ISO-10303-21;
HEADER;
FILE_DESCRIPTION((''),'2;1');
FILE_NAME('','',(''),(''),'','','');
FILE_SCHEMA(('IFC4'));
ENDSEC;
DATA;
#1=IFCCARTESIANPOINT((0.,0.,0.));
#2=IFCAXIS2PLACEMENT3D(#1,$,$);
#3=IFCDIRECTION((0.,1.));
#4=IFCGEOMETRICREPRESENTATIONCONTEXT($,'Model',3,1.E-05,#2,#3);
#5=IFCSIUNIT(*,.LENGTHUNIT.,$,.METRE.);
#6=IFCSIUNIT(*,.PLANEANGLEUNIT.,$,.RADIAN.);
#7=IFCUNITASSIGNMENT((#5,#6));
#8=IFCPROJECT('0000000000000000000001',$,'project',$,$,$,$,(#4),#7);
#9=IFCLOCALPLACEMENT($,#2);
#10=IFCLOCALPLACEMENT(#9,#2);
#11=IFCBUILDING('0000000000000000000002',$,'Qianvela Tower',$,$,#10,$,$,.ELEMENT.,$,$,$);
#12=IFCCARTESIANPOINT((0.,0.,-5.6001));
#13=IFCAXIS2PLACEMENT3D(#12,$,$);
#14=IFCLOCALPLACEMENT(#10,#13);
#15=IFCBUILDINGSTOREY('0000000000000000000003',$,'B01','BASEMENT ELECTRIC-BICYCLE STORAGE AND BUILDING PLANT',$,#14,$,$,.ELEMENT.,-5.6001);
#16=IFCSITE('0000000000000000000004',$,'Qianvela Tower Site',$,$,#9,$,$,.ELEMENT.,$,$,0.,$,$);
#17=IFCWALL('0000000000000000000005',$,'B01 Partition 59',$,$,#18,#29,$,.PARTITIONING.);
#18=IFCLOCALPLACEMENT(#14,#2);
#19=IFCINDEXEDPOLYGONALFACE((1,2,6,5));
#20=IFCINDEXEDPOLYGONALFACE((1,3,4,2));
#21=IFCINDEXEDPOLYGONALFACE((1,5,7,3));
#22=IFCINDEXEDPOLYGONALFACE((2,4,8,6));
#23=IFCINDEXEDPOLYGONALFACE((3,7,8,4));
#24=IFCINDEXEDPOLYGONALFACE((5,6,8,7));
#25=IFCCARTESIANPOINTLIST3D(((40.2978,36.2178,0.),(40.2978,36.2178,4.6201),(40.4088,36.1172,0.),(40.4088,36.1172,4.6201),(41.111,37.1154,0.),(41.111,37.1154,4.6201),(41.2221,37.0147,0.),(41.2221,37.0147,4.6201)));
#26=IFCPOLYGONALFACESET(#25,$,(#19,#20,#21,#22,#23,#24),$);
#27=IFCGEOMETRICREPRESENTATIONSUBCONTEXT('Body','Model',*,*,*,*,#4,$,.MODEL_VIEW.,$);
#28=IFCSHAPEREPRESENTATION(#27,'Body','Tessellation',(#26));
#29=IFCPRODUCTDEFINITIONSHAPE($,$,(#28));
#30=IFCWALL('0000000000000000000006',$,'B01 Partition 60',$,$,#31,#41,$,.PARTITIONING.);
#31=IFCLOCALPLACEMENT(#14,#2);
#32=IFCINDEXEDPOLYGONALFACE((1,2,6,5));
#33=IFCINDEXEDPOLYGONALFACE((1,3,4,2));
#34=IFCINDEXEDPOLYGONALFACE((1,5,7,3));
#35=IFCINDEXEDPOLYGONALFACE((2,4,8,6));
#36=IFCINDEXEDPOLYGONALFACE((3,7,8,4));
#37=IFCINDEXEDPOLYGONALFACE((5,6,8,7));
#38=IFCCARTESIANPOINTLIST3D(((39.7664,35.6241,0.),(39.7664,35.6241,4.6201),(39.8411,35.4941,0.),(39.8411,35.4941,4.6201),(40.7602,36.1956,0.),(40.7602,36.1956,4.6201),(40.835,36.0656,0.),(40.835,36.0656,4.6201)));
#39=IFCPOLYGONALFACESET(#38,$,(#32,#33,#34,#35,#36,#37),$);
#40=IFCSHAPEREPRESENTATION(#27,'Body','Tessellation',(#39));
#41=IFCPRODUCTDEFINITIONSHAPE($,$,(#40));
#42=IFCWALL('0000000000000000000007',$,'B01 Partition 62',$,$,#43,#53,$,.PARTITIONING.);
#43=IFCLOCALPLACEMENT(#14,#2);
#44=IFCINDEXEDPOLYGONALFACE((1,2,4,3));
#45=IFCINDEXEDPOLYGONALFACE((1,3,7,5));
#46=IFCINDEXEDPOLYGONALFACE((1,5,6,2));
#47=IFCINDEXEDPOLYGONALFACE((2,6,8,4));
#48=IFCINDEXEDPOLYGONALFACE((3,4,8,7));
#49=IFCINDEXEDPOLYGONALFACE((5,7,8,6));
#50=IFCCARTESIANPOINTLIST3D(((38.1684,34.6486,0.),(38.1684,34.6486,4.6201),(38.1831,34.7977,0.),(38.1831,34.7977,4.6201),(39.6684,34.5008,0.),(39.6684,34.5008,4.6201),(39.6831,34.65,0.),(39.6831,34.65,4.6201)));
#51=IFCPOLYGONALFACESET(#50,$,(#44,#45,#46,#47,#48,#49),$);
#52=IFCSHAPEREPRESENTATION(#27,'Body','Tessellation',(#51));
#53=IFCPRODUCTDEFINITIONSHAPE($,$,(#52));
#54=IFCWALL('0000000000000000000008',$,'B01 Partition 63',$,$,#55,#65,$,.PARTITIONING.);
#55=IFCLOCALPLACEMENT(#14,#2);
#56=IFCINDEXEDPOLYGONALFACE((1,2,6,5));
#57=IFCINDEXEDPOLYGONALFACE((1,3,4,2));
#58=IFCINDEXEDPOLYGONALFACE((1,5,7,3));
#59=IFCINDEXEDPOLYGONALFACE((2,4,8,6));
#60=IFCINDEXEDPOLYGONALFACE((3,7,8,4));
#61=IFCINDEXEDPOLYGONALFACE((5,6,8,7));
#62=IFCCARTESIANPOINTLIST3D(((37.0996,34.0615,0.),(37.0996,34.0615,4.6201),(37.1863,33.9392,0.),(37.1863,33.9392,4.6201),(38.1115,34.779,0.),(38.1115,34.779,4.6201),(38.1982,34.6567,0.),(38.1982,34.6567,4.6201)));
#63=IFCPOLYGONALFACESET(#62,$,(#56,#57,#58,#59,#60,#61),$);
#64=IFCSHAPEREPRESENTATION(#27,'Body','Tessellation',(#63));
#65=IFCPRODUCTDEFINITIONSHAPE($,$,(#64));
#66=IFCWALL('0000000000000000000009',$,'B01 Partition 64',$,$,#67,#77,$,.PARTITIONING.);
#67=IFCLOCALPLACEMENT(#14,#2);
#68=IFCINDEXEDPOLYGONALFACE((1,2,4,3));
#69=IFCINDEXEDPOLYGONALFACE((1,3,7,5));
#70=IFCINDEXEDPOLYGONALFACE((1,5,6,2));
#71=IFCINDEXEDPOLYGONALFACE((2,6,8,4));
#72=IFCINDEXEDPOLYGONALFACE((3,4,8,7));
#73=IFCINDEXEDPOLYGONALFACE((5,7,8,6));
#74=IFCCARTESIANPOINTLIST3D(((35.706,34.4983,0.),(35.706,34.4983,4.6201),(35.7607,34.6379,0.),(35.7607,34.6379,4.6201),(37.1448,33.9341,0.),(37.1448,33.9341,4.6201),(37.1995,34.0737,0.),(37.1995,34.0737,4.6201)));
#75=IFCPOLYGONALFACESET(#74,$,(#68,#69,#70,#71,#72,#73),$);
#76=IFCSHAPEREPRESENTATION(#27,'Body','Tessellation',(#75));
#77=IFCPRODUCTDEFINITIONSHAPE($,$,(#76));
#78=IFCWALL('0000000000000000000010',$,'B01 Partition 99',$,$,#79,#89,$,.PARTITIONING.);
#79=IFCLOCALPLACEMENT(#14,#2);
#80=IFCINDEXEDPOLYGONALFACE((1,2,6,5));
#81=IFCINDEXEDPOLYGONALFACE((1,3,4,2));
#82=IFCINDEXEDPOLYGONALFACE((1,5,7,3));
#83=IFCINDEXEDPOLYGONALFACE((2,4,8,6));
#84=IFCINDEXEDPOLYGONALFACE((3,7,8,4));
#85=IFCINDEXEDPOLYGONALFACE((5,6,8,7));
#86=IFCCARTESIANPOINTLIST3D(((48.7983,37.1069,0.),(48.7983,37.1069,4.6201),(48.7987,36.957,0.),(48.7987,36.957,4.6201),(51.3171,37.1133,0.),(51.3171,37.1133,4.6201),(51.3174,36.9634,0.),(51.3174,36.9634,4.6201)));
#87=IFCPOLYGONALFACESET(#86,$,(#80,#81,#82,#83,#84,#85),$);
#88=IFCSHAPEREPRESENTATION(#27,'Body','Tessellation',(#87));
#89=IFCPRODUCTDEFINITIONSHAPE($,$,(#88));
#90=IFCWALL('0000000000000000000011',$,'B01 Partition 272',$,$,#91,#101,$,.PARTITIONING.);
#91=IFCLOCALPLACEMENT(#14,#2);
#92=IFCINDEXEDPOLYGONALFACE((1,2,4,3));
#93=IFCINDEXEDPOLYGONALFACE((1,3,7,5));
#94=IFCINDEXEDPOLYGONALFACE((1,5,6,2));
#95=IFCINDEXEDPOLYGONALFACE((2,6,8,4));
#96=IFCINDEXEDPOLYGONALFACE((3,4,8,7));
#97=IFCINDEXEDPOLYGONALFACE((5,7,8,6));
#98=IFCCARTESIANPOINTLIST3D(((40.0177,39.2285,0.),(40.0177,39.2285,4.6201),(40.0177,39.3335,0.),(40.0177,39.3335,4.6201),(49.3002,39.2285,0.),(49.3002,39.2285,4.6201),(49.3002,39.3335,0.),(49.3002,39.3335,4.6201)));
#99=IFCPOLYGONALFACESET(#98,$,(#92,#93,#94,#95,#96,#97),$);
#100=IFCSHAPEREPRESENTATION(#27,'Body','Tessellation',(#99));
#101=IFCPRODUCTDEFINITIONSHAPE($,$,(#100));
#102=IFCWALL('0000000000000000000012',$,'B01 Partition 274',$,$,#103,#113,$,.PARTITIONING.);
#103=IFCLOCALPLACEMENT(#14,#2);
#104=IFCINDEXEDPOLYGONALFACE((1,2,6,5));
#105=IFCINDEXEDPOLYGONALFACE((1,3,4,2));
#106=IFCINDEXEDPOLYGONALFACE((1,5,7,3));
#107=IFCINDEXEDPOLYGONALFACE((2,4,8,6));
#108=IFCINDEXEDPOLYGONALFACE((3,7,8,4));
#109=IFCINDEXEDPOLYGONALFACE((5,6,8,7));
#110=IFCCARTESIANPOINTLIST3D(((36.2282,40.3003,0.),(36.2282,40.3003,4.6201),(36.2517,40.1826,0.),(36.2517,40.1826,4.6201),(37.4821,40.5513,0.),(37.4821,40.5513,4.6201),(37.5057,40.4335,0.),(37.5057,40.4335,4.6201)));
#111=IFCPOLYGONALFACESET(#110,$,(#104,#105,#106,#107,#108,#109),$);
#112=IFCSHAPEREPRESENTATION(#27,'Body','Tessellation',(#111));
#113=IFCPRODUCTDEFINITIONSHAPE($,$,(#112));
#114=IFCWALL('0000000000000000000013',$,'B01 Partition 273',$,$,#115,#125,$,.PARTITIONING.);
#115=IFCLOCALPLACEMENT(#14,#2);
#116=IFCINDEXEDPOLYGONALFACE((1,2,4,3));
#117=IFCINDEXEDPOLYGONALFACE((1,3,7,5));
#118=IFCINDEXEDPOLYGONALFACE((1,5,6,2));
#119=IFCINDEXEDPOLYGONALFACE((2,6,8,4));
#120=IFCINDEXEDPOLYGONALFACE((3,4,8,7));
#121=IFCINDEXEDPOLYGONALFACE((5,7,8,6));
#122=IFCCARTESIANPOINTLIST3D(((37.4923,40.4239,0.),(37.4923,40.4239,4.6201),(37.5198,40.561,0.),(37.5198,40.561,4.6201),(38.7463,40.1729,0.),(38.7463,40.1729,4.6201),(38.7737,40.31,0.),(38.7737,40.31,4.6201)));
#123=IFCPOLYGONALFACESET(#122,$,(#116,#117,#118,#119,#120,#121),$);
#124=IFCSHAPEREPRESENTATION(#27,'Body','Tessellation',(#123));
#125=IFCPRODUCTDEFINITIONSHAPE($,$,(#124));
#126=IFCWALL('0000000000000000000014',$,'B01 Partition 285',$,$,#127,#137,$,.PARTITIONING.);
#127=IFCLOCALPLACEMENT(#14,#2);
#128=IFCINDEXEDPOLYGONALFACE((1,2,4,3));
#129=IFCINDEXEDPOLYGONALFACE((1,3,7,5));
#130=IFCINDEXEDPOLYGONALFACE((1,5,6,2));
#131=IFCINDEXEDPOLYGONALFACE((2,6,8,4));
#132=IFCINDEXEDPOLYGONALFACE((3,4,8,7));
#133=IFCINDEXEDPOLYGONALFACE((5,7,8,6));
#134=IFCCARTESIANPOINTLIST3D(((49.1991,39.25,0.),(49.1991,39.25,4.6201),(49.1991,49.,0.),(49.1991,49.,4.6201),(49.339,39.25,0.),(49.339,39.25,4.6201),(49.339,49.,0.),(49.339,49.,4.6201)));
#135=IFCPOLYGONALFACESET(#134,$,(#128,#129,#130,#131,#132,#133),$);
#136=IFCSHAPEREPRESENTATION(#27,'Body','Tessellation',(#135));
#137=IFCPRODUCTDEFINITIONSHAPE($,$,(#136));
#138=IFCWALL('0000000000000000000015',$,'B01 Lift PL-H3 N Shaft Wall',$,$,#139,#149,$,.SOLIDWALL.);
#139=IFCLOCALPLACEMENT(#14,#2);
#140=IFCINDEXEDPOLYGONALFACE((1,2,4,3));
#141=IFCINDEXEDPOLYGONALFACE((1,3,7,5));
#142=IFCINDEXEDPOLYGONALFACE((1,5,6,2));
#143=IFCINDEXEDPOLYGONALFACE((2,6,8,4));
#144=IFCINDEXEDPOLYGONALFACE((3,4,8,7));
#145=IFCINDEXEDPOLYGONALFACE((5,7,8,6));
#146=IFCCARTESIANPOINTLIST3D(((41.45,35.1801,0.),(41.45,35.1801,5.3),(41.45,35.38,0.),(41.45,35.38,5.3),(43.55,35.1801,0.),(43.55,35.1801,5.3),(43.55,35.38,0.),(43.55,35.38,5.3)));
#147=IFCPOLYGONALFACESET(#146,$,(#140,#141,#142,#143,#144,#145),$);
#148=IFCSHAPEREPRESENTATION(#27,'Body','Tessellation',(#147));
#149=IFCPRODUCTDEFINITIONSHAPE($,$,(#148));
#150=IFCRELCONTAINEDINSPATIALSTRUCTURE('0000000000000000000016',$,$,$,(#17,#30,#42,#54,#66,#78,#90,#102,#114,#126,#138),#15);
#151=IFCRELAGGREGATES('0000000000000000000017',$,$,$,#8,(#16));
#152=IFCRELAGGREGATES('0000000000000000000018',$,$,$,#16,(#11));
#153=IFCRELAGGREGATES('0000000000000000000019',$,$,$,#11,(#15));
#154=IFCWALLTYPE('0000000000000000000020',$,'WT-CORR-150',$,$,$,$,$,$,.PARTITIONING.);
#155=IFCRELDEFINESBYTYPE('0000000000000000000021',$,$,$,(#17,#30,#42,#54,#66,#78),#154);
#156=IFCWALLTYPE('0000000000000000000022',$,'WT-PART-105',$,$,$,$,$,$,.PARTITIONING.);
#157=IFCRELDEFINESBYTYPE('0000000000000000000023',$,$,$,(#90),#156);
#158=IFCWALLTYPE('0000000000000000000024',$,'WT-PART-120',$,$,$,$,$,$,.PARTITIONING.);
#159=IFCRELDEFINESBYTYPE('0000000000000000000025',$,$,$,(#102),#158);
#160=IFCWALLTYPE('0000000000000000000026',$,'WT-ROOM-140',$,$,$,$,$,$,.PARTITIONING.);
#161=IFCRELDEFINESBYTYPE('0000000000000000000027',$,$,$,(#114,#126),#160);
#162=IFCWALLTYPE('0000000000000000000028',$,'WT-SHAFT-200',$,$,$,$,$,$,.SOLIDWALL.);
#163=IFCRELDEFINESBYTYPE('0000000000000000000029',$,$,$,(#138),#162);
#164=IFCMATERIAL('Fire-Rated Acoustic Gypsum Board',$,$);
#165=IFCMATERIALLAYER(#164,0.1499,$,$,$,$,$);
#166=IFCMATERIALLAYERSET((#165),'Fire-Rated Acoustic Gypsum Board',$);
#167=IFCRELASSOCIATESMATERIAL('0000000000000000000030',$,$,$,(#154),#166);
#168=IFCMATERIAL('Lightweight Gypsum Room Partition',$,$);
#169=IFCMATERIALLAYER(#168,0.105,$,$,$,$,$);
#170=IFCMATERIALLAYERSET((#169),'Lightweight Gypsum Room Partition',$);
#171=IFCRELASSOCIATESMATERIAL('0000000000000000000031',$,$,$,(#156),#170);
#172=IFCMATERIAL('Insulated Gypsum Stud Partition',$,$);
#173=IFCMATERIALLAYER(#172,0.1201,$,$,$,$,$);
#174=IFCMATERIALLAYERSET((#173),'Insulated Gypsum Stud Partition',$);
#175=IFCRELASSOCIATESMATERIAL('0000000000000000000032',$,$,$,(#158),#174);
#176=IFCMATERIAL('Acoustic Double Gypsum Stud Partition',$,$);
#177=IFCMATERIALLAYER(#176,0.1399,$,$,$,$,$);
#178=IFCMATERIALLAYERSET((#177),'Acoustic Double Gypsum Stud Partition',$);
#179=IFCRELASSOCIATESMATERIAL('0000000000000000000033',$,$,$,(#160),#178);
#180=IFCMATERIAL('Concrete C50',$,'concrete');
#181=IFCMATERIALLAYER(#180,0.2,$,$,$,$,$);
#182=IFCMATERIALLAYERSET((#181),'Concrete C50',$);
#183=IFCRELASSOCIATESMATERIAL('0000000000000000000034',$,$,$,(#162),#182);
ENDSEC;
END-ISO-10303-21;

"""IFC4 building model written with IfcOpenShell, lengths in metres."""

from ifc_helpers import new_model, si_unit, direction, frame, frame_2d, origin, place, context, subcontext, project, spatial, rectangle, extrude, material, layer, layer_set, type_object, element, save


model = new_model("IFC4")

# Units and contexts
model_context = context("Model", 3, precision=1e-05, world=origin(), true_north=direction((0.0, 1.0)))
body_context = subcontext(model_context, "Body", "Model", "MODEL_VIEW")
ifc_project = project(units=[si_unit("LENGTHUNIT", "METRE"), si_unit("PLANEANGLEUNIT", "RADIAN")], contexts=[model_context])

# Site, building, storey
site_placement = place(None, origin())
site = spatial("IfcSite", under=ifc_project, at=site_placement, Name="Qianvela Tower Site", CompositionType="ELEMENT", RefElevation=0.0)
building_placement = place(site_placement, origin())
building = spatial("IfcBuilding", under=site, at=building_placement, Name="Qianvela Tower", CompositionType="ELEMENT")
storey_placement = place(building_placement, frame((0.0, 0.0, -5.6001)))
storey = spatial("IfcBuildingStorey", under=building, at=storey_placement, Name="B01", Description="BASEMENT ELECTRIC-BICYCLE STORAGE AND BUILDING PLANT", CompositionType="ELEMENT", Elevation=-5.6001)

# Walls
ifc_material_1 = material(Name="Fire-Rated Acoustic Gypsum Board")
ifc_layer_1 = layer(ifc_material_1, 0.1499)
ifc_layer_set_1 = layer_set([ifc_layer_1], Name="Fire-Rated Acoustic Gypsum Board")
wall_type_1 = type_object("IfcWallType", Name="WT-CORR-150", PredefinedType="PARTITIONING", material=ifc_layer_set_1)
wall_1_placement = place(storey_placement, frame((41.1665, 37.0649, 0.0), z_axis=(0.0, 0.0, 1.0), x_axis=(-0.671478, -0.741025, 0.0)))
element("IfcWall", 1, at=wall_1_placement, inside=storey, type_object=wall_type_1, Name="B01 Partition 59", PredefinedType="PARTITIONING", context=body_context, shape_type="SweptSolid", body=[
    extrude(rectangle(XDim=1.2112, YDim=0.1499, at=frame_2d((0.6055, 0.0))), origin(), (0.0, 0.0, 1.0), 4.6201),
])
wall_2_placement = place(storey_placement, frame((40.7976, 36.1306, 0.0), z_axis=(0.0, 0.0, 1.0), x_axis=(-0.86689, -0.498499, 0.0)))
element("IfcWall", 2, at=wall_2_placement, inside=storey, type_object=wall_type_1, Name="B01 Partition 60", PredefinedType="PARTITIONING", context=body_context, shape_type="SweptSolid", body=[
    extrude(rectangle(XDim=1.1465, YDim=0.1499, at=frame_2d((0.5732, 0.0))), origin(), (0.0, 0.0, 1.0), 4.6201),
])
wall_3_placement = place(storey_placement, frame((39.6758, 34.5754, 0.0), z_axis=(0.0, 0.0, 1.0), x_axis=(-0.995187, 0.097996, 0.0)))
element("IfcWall", 3, at=wall_3_placement, inside=storey, type_object=wall_type_1, Name="B01 Partition 62", PredefinedType="PARTITIONING", context=body_context, shape_type="SweptSolid", body=[
    extrude(rectangle(XDim=1.5073, YDim=0.1499, at=frame_2d((0.7537, 0.0))), origin(), (0.0, 0.0, 1.0), 4.6201),
])
wall_4_placement = place(storey_placement, frame((38.1548, 34.7178, 0.0), z_axis=(0.0, 0.0, 1.0), x_axis=(-0.81575, -0.578405, 0.0)))
element("IfcWall", 4, at=wall_4_placement, inside=storey, type_object=wall_type_1, Name="B01 Partition 63", PredefinedType="PARTITIONING", context=body_context, shape_type="SweptSolid", body=[
    extrude(rectangle(XDim=1.2405, YDim=0.1499, at=frame_2d((0.6201, 0.0))), origin(), (0.0, 0.0, 1.0), 4.6201),
])
wall_5_placement = place(storey_placement, frame((37.1721, 34.0039, 0.0), z_axis=(0.0, 0.0, 1.0), x_axis=(-0.930972, 0.36509, 0.0)))
element("IfcWall", 5, at=wall_5_placement, inside=storey, type_object=wall_type_1, Name="B01 Partition 64", PredefinedType="PARTITIONING", context=body_context, shape_type="SweptSolid", body=[
    extrude(rectangle(XDim=1.5454, YDim=0.1499, at=frame_2d((0.7727, 0.0))), origin(), (0.0, 0.0, 1.0), 4.6201),
])
wall_6_placement = place(storey_placement, frame((48.7986, 37.032, 0.0), z_axis=(0.0, 0.0, 1.0), x_axis=(0.999997, 0.00252, 0.0)))
element("IfcWall", 6, at=wall_6_placement, inside=storey, type_object=wall_type_1, Name="B01 Partition 99", PredefinedType="PARTITIONING", context=body_context, shape_type="SweptSolid", body=[
    extrude(rectangle(XDim=2.5188, YDim=0.1499, at=frame_2d((1.2593, 0.0))), origin(), (0.0, 0.0, 1.0), 4.6201),
])
ifc_material_2 = material(Name="Lightweight Gypsum Room Partition")
ifc_layer_2 = layer(ifc_material_2, 0.105)
ifc_layer_set_2 = layer_set([ifc_layer_2], Name="Lightweight Gypsum Room Partition")
wall_type_2 = type_object("IfcWallType", Name="WT-PART-105", PredefinedType="PARTITIONING", material=ifc_layer_set_2)
wall_7_placement = place(storey_placement, frame((49.3, 39.281, 0.0), z_axis=(0.0, 0.0, 1.0), x_axis=(-1.0, 0.0, 0.0)))
element("IfcWall", 7, at=wall_7_placement, inside=storey, type_object=wall_type_2, Name="B01 Partition 272", PredefinedType="PARTITIONING", context=body_context, shape_type="SweptSolid", body=[
    extrude(rectangle(XDim=9.2825, YDim=0.105, at=frame_2d((4.6411, 0.0))), origin(), (0.0, 0.0, 1.0), 4.6201),
])
ifc_material_3 = material(Name="Insulated Gypsum Stud Partition")
ifc_layer_3 = layer(ifc_material_3, 0.1201)
ifc_layer_set_3 = layer_set([ifc_layer_3], Name="Insulated Gypsum Stud Partition")
wall_type_3 = type_object("IfcWallType", Name="WT-PART-120", PredefinedType="PARTITIONING", material=ifc_layer_set_3)
wall_8_placement = place(storey_placement, frame((37.4939, 40.4924, 0.0), z_axis=(0.0, 0.0, 1.0), x_axis=(-0.980551, -0.196263, 0.0)))
element("IfcWall", 8, at=wall_8_placement, inside=storey, type_object=wall_type_3, Name="B01 Partition 274", PredefinedType="PARTITIONING", context=body_context, shape_type="SweptSolid", body=[
    extrude(rectangle(XDim=1.2788, YDim=0.1201, at=frame_2d((0.6394, 0.0))), origin(), (0.0, 0.0, 1.0), 4.6201),
])
ifc_material_4 = material(Name="Acoustic Double Gypsum Stud Partition")
ifc_layer_4 = layer(ifc_material_4, 0.1399)
ifc_layer_set_4 = layer_set([ifc_layer_4], Name="Acoustic Double Gypsum Stud Partition")
wall_type_4 = type_object("IfcWallType", Name="WT-ROOM-140", PredefinedType="PARTITIONING", material=ifc_layer_set_4)
wall_9_placement = place(storey_placement, frame((38.76, 40.2415, 0.0), z_axis=(0.0, 0.0, 1.0), x_axis=(-0.980551, 0.196263, 0.0)))
element("IfcWall", 9, at=wall_9_placement, inside=storey, type_object=wall_type_4, Name="B01 Partition 273", PredefinedType="PARTITIONING", context=body_context, shape_type="SweptSolid", body=[
    extrude(rectangle(XDim=1.2788, YDim=0.1399, at=frame_2d((0.6394, 0.0))), origin(), (0.0, 0.0, 1.0), 4.6201),
])
wall_10_placement = place(storey_placement, frame((49.269, 49.0, 0.0), z_axis=(0.0, 0.0, 1.0), x_axis=(0.0, -1.0, 0.0)))
element("IfcWall", 10, at=wall_10_placement, inside=storey, type_object=wall_type_4, Name="B01 Partition 285", PredefinedType="PARTITIONING", context=body_context, shape_type="SweptSolid", body=[
    extrude(rectangle(XDim=9.75, YDim=0.1399, at=frame_2d((4.875, 0.0))), origin(), (0.0, 0.0, 1.0), 4.6201),
])
ifc_material_5 = material(Name="Concrete C50", Category="concrete")
ifc_layer_5 = layer(ifc_material_5, 0.2)
ifc_layer_set_5 = layer_set([ifc_layer_5], Name="Concrete C50")
wall_type_5 = type_object("IfcWallType", Name="WT-SHAFT-200", PredefinedType="SOLIDWALL", material=ifc_layer_set_5)
wall_11_placement = place(storey_placement, frame((41.45, 35.28, 0.0), z_axis=(0.0, 0.0, 1.0), x_axis=(1.0, 0.0, 0.0)))
element("IfcWall", 11, at=wall_11_placement, inside=storey, type_object=wall_type_5, Name="B01 Lift PL-H3 N Shaft Wall", PredefinedType="SOLIDWALL", context=body_context, shape_type="SweptSolid", body=[
    extrude(rectangle(XDim=2.1001, YDim=0.2, at=frame_2d((1.05, 0.0))), origin(), (0.0, 0.0, 1.0), 5.3),
])

save(model, "model.ifc")
